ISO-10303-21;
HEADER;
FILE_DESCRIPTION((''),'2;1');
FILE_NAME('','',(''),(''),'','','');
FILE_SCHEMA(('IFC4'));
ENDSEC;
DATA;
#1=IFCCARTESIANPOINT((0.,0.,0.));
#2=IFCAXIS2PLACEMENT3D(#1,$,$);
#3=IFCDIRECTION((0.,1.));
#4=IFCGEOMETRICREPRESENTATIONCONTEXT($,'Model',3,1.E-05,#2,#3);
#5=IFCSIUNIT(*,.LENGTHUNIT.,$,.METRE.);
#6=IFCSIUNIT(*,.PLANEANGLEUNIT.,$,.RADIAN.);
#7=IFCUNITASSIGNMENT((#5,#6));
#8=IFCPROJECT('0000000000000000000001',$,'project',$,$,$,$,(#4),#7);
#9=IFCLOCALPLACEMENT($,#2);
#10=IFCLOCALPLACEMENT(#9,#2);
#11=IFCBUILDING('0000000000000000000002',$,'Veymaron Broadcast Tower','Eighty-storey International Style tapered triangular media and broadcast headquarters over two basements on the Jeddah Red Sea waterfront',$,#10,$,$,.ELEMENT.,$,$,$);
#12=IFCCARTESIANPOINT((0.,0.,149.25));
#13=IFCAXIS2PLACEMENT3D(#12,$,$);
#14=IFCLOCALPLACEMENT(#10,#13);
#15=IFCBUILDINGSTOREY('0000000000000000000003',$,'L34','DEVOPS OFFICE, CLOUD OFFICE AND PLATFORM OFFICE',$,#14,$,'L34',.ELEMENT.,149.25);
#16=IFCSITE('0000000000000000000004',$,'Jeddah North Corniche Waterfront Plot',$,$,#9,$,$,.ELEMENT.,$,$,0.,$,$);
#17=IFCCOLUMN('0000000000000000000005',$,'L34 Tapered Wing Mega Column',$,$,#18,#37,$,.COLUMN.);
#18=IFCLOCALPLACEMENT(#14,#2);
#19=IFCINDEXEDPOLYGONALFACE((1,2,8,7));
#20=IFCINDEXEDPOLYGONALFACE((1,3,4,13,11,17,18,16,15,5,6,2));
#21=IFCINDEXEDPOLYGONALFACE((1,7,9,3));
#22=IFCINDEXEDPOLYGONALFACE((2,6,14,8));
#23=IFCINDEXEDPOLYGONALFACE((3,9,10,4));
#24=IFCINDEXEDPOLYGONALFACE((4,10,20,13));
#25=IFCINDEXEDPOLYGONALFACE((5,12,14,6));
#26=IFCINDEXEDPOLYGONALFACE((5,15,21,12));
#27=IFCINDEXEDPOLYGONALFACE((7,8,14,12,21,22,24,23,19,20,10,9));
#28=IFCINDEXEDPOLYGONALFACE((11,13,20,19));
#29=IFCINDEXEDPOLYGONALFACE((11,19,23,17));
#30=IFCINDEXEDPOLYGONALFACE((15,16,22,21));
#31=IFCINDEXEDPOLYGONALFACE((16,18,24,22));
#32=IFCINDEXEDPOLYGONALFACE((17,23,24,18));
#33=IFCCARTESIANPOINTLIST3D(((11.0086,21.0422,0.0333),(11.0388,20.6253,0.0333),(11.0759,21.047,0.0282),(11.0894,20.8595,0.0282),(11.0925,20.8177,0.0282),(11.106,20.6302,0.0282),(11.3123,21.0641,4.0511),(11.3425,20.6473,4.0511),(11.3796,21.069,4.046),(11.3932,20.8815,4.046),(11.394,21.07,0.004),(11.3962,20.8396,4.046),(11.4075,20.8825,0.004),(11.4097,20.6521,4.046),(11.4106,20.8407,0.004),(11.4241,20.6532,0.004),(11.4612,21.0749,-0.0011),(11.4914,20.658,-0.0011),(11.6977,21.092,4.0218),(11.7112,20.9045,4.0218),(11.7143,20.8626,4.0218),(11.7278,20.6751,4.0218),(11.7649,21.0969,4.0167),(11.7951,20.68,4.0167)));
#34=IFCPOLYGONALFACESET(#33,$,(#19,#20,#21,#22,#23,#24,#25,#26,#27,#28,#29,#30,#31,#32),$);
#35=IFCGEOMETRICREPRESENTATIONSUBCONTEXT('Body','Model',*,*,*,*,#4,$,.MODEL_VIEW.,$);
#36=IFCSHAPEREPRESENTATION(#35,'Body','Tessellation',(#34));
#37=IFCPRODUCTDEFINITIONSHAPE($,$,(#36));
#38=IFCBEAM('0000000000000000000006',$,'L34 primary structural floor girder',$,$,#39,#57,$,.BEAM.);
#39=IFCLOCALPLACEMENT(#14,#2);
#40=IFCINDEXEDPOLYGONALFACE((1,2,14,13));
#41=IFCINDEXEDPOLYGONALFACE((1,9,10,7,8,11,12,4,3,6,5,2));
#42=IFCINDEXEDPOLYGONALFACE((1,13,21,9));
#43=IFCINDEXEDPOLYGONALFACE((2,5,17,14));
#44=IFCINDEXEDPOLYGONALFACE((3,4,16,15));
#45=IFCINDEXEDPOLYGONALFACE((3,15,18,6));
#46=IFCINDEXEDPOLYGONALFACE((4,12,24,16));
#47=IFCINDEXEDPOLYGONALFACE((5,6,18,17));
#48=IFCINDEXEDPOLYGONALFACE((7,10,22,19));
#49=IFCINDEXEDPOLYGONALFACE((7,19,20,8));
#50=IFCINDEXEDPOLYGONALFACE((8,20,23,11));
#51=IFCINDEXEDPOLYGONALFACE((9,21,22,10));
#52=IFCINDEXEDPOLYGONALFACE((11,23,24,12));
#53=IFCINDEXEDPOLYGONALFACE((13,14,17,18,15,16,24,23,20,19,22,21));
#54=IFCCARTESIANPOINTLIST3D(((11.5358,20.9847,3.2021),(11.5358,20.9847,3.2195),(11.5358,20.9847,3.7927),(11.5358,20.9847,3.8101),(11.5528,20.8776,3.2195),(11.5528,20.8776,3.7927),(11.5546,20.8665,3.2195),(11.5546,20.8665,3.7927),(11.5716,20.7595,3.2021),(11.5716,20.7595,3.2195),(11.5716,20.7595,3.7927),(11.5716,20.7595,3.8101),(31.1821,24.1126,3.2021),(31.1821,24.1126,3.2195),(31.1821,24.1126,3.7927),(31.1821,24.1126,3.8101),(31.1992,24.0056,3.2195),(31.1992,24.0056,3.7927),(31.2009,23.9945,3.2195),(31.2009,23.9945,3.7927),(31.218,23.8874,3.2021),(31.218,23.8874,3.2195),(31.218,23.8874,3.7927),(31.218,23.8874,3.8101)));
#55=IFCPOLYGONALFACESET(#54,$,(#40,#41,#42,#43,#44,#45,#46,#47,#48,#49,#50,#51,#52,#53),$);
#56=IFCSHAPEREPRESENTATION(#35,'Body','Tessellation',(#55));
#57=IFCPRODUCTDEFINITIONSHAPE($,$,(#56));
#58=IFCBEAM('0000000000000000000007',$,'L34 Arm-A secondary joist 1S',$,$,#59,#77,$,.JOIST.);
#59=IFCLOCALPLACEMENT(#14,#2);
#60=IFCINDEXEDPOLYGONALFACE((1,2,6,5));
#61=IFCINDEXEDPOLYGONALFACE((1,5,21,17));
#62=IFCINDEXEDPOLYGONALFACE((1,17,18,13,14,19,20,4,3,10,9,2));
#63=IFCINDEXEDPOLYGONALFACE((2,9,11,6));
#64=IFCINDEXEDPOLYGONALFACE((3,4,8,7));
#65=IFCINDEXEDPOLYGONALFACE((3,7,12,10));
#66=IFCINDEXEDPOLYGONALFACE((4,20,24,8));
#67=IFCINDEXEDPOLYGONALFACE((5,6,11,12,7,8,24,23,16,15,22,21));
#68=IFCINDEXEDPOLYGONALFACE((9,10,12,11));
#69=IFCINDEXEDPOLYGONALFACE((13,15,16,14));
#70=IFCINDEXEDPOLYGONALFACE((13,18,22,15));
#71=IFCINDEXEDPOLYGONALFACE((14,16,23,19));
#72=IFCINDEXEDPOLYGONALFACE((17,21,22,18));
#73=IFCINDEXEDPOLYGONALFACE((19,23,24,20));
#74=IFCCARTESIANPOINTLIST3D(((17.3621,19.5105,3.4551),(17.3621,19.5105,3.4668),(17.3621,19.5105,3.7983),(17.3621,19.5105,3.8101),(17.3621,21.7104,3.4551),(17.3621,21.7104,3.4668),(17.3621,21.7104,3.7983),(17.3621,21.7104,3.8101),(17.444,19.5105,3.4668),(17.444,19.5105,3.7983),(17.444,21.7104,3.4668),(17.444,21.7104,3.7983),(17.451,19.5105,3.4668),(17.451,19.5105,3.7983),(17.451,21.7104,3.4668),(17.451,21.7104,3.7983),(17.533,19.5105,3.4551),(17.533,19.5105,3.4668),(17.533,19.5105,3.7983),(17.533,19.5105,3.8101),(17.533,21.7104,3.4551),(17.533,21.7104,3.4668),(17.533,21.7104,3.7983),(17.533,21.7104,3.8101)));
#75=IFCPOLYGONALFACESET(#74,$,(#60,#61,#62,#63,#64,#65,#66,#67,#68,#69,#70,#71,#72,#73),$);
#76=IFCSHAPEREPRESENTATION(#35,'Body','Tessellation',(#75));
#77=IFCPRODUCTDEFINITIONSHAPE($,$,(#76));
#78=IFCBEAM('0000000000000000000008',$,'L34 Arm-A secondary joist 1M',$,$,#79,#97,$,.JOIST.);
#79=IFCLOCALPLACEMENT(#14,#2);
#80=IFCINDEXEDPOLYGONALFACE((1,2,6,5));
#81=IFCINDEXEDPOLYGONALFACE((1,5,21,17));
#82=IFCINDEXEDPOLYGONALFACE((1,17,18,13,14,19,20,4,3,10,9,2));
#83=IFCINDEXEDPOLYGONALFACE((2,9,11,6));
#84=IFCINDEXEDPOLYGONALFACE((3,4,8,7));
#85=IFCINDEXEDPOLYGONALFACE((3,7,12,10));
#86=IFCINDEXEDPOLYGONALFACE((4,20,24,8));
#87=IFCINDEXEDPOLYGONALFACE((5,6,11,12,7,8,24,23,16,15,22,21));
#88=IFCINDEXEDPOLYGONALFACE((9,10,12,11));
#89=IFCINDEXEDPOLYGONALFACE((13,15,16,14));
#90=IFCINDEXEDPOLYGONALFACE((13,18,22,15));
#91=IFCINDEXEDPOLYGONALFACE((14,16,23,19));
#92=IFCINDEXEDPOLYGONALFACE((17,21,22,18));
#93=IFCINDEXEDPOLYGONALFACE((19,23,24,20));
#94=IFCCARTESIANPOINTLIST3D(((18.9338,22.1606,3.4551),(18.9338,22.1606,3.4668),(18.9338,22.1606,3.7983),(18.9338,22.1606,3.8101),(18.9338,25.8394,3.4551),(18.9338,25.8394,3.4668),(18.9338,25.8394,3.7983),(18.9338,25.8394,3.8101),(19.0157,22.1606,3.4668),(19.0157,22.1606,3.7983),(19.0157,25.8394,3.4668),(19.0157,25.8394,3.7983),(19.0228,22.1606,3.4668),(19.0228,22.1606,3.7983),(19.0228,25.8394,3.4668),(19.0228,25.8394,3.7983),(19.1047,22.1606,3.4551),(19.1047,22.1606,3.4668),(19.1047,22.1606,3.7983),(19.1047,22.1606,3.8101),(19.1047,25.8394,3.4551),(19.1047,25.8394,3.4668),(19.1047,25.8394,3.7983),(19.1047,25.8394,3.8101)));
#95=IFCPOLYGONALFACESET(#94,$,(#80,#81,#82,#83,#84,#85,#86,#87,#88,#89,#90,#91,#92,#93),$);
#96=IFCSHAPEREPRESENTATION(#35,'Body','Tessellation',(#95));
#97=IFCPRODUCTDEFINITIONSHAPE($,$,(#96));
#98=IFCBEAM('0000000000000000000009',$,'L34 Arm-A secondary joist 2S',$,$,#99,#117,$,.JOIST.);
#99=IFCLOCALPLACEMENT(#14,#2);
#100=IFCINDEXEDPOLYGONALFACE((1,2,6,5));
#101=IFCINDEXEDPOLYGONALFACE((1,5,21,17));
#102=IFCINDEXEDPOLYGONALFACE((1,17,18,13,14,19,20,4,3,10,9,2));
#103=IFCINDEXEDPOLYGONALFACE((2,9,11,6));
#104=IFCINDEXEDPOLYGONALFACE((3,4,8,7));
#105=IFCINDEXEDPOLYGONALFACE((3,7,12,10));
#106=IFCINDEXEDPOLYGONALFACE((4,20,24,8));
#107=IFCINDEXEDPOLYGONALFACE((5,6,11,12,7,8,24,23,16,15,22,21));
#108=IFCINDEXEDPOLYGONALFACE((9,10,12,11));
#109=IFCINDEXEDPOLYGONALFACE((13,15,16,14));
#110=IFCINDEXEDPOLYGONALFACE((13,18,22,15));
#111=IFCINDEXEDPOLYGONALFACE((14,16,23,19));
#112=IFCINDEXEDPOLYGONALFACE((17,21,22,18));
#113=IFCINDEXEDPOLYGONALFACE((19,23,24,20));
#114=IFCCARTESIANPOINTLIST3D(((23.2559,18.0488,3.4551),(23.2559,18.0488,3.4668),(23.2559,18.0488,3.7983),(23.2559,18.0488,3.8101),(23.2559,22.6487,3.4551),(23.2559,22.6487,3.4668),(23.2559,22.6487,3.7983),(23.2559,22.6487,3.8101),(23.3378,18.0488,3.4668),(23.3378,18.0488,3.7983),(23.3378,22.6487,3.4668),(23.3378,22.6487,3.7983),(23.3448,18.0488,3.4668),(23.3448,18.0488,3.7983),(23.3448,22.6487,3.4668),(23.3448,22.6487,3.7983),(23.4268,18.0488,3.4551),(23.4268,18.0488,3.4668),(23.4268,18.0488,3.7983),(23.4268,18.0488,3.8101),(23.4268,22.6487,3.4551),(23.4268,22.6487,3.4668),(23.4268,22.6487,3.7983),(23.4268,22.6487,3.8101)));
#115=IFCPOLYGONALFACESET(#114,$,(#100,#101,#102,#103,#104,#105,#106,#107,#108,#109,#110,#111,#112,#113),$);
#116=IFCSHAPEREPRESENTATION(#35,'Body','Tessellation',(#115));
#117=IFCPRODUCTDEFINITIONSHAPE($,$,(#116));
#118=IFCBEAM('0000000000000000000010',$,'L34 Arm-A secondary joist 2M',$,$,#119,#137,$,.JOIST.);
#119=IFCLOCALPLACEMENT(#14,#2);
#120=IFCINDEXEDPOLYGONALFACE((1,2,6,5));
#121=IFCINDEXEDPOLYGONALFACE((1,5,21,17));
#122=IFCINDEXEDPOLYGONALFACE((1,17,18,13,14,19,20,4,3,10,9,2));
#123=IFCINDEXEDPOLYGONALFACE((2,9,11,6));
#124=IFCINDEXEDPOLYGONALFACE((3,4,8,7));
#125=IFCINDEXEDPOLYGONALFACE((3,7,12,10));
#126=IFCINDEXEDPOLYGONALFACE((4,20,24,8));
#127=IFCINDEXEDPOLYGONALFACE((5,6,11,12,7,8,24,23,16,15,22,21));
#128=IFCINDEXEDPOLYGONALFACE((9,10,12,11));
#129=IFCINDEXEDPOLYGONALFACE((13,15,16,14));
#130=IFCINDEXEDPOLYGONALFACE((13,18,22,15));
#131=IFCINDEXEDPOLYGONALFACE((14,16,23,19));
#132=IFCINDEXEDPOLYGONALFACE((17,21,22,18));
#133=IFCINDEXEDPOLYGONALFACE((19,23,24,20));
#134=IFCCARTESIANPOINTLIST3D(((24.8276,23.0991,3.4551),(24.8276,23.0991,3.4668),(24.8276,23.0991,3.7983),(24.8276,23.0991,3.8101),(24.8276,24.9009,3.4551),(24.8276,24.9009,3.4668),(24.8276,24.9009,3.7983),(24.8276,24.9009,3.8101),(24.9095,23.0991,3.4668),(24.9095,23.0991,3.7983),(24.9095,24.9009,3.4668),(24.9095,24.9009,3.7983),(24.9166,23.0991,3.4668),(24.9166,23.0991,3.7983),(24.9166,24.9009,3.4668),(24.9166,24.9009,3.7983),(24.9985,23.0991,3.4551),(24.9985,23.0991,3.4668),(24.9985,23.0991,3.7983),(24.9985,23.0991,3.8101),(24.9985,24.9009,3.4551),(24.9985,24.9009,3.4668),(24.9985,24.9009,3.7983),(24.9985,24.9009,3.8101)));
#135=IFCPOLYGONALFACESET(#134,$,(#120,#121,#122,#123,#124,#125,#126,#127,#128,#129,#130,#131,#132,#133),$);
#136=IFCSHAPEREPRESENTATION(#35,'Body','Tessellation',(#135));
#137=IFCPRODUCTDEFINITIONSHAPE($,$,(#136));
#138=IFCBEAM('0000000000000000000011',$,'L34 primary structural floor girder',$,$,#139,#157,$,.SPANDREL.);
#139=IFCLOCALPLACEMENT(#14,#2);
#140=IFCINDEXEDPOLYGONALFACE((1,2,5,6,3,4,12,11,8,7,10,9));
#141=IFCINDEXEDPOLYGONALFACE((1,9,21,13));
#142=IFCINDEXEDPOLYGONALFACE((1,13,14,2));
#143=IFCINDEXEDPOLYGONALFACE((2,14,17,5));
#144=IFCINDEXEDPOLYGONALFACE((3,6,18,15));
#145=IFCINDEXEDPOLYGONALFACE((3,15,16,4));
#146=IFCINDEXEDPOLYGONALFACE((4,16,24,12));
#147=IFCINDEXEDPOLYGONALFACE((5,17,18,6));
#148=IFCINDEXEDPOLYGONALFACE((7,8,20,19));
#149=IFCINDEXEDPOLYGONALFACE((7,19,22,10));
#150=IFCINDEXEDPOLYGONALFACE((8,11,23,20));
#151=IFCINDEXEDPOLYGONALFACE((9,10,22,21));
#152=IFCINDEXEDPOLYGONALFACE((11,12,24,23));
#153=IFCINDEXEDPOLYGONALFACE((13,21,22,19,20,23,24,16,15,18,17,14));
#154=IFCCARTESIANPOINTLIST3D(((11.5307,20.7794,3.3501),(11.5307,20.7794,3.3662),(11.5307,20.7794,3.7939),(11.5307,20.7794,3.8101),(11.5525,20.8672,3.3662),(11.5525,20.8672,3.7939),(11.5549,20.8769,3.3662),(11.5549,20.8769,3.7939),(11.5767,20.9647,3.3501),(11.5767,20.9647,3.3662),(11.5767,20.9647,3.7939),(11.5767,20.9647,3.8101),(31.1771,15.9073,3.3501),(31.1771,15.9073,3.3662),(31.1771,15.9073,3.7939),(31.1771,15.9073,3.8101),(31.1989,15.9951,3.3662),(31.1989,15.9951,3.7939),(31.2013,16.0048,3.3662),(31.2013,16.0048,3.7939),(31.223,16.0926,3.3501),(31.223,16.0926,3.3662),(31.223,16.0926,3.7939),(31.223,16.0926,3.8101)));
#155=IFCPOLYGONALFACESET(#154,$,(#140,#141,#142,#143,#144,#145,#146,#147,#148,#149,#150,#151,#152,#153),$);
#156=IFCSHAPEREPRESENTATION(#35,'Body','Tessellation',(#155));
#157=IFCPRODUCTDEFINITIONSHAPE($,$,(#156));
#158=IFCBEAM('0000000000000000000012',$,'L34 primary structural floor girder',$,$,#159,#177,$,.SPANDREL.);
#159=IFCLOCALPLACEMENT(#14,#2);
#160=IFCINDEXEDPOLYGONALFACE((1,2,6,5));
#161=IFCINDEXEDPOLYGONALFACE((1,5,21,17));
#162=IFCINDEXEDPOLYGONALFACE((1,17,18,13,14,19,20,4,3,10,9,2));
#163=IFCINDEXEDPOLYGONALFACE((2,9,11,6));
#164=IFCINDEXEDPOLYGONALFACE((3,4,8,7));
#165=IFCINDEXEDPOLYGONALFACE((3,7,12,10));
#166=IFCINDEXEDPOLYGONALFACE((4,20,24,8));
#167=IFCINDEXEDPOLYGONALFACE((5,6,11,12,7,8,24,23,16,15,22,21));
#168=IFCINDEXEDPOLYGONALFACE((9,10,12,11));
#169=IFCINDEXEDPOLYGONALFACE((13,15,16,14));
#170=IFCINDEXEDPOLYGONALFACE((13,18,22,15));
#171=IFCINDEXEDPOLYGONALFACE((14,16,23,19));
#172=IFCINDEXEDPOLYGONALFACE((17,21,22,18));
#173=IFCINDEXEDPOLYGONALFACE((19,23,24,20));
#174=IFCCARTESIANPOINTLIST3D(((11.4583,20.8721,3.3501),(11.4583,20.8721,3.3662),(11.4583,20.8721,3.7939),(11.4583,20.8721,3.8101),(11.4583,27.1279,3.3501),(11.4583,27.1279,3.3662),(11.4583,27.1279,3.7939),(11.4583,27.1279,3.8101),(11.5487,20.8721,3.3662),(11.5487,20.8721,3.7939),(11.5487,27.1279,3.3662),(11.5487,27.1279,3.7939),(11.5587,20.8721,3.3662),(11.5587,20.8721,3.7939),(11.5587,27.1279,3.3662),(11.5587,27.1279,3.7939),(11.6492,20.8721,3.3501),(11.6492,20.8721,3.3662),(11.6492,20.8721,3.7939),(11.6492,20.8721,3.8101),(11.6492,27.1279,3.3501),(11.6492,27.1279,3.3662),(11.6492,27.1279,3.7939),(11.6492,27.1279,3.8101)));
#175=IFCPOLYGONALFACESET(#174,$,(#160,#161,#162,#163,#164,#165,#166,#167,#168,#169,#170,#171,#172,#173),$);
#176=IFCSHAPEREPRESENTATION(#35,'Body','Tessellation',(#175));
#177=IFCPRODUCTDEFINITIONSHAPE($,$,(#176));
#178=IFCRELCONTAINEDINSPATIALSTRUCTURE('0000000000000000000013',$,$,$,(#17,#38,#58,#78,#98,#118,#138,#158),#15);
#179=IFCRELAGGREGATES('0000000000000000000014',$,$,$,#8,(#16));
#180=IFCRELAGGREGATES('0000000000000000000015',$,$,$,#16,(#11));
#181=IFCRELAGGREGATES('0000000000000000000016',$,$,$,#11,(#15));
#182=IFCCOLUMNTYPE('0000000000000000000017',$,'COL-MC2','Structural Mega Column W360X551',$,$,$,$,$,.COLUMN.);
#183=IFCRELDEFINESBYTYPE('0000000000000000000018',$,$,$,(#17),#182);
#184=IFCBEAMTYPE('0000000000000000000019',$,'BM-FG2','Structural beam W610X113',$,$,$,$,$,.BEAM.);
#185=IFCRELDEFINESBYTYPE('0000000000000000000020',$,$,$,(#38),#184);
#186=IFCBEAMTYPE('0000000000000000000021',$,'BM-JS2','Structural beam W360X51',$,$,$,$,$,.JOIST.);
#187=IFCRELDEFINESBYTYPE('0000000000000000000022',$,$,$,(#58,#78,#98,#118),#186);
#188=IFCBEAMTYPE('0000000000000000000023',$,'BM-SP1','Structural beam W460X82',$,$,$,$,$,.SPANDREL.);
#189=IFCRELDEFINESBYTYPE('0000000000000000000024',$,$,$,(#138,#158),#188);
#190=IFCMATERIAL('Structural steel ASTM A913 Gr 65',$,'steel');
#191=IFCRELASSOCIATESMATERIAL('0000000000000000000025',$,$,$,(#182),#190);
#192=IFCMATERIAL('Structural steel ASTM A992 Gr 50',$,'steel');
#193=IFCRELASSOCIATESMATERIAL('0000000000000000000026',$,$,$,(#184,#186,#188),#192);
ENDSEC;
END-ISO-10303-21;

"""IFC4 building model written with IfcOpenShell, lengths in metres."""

from ifc_helpers import new_model, si_unit, direction, frame, origin, origin_2d, place, context, subcontext, project, spatial, i_section, extrude, material, material_profile, profile_set, type_object, element, save


model = new_model("IFC4")

# Units and contexts
model_context = context("Model", 3, precision=1e-05, world=origin(), true_north=direction((0.0, 1.0)))
body_context = subcontext(model_context, "Body", "Model", "MODEL_VIEW")
ifc_project = project(units=[si_unit("LENGTHUNIT", "METRE"), si_unit("PLANEANGLEUNIT", "RADIAN")], contexts=[model_context])

# Site, building, storey
site_placement = place(None, origin())
site = spatial("IfcSite", under=ifc_project, at=site_placement, Name="Jeddah North Corniche Waterfront Plot", CompositionType="ELEMENT", RefElevation=0.0)
building_placement = place(site_placement, origin())
building = spatial("IfcBuilding", under=site, at=building_placement, Name="Veymaron Broadcast Tower", Description="Eighty-storey International Style tapered triangular media and broadcast headquarters over two basements on the Jeddah Red Sea waterfront", CompositionType="ELEMENT")
storey_placement = place(building_placement, frame((0.0, 0.0, 149.25)))
storey = spatial("IfcBuildingStorey", under=building, at=storey_placement, Name="L34", Description="DEVOPS OFFICE, CLOUD OFFICE AND PLATFORM OFFICE", LongName="L34", CompositionType="ELEMENT", Elevation=149.25)

# Column
ifc_material_1 = material(Name="Structural steel ASTM A913 Gr 65", Category="steel")
ifc_material_profile_1 = material_profile(ifc_material_1, i_section(OverallWidth=0.418, OverallDepth=0.4551, WebThickness=0.042, FlangeThickness=0.0676, at=origin_2d()), Name="W360X551")
ifc_profile_set_1 = profile_set([ifc_material_profile_1], Name="Structural steel ASTM A913 Gr 65")
column_type = type_object("IfcColumnType", Name="COL-MC2", Description="Structural Mega Column W360X551", PredefinedType="COLUMN", material=ifc_profile_set_1)
column_placement = place(storey_placement, frame((11.25, 20.8501, 0.0161), z_axis=(0.075375, 0.005453, 0.99714), x_axis=(-0.072159, 0.997393, 0.0)))
element("IfcColumn", 1, at=column_placement, inside=storey, type_object=column_type, Name="L34 Tapered Wing Mega Column", PredefinedType="COLUMN", context=body_context, shape_type="SweptSolid", body=[
    extrude(i_section(OverallWidth=0.418, OverallDepth=0.4551, WebThickness=0.042, FlangeThickness=0.0676, at=origin_2d()), origin(), (0.0, 0.0, 1.0), 4.0293),
])

# Beams
ifc_material_2 = material(Name="Structural steel ASTM A992 Gr 50", Category="steel")
ifc_material_profile_2 = material_profile(ifc_material_2, i_section(OverallWidth=0.228, OverallDepth=0.6079, WebThickness=0.0112, FlangeThickness=0.0173, at=origin_2d()), Name="W610X113")
ifc_profile_set_2 = profile_set([ifc_material_profile_2], Name="Structural steel ASTM A992 Gr 50")
beam_type_1 = type_object("IfcBeamType", Name="BM-FG2", Description="Structural beam W610X113", PredefinedType="BEAM", material=ifc_profile_set_2)
beam_1_placement = place(storey_placement, frame((11.5537, 20.8721, 3.5061), z_axis=(0.987562, 0.157232, 0.0), x_axis=(-0.157232, 0.987562, 0.0)))
element("IfcBeam", 2, at=beam_1_placement, inside=storey, type_object=beam_type_1, Name="L34 primary structural floor girder", PredefinedType="BEAM", context=body_context, shape_type="SweptSolid", body=[
    extrude(i_section(OverallWidth=0.228, OverallDepth=0.6079, WebThickness=0.0112, FlangeThickness=0.0173, at=origin_2d()), origin(), (0.0, 0.0, 1.0), 19.8938),
])
ifc_material_profile_3 = material_profile(ifc_material_2, i_section(OverallWidth=0.1709, OverallDepth=0.355, WebThickness=0.0071, FlangeThickness=0.0117, at=origin_2d()), Name="W360X51")
ifc_profile_set_3 = profile_set([ifc_material_profile_3], Name="Structural steel ASTM A992 Gr 50")
beam_type_2 = type_object("IfcBeamType", Name="BM-JS2", Description="Structural beam W360X51", PredefinedType="JOIST", material=ifc_profile_set_3)
beam_2_placement = place(storey_placement, frame((17.4475, 19.5105, 3.6326), z_axis=(0.0, 1.0, 0.0), x_axis=(-1.0, 0.0, 0.0)))
element("IfcBeam", 3, at=beam_2_placement, inside=storey, type_object=beam_type_2, Name="L34 Arm-A secondary joist 1S", PredefinedType="JOIST", context=body_context, shape_type="SweptSolid", body=[
    extrude(i_section(OverallWidth=0.1709, OverallDepth=0.355, WebThickness=0.0071, FlangeThickness=0.0117, at=origin_2d()), origin(), (0.0, 0.0, 1.0), 2.2),
])
beam_3_placement = place(storey_placement, frame((19.0193, 22.1606, 3.6326), z_axis=(0.0, 1.0, 0.0), x_axis=(-1.0, 0.0, 0.0)))
element("IfcBeam", 4, at=beam_3_placement, inside=storey, type_object=beam_type_2, Name="L34 Arm-A secondary joist 1M", PredefinedType="JOIST", context=body_context, shape_type="SweptSolid", body=[
    extrude(i_section(OverallWidth=0.1709, OverallDepth=0.355, WebThickness=0.0071, FlangeThickness=0.0117, at=origin_2d()), origin(), (0.0, 0.0, 1.0), 3.6787),
])
beam_4_placement = place(storey_placement, frame((23.3413, 18.0488, 3.6326), z_axis=(0.0, 1.0, 0.0), x_axis=(-1.0, 0.0, 0.0)))
element("IfcBeam", 5, at=beam_4_placement, inside=storey, type_object=beam_type_2, Name="L34 Arm-A secondary joist 2S", PredefinedType="JOIST", context=body_context, shape_type="SweptSolid", body=[
    extrude(i_section(OverallWidth=0.1709, OverallDepth=0.355, WebThickness=0.0071, FlangeThickness=0.0117, at=origin_2d()), origin(), (0.0, 0.0, 1.0), 4.5999),
])
beam_5_placement = place(storey_placement, frame((24.9131, 23.0991, 3.6326), z_axis=(0.0, 1.0, 0.0), x_axis=(-1.0, 0.0, 0.0)))
element("IfcBeam", 6, at=beam_5_placement, inside=storey, type_object=beam_type_2, Name="L34 Arm-A secondary joist 2M", PredefinedType="JOIST", context=body_context, shape_type="SweptSolid", body=[
    extrude(i_section(OverallWidth=0.1709, OverallDepth=0.355, WebThickness=0.0071, FlangeThickness=0.0117, at=origin_2d()), origin(), (0.0, 0.0, 1.0), 1.8018),
])
ifc_material_profile_4 = material_profile(ifc_material_2, i_section(OverallWidth=0.1909, OverallDepth=0.46, WebThickness=0.01, FlangeThickness=0.0161, at=origin_2d()), Name="W460X82")
ifc_profile_set_4 = profile_set([ifc_material_profile_4], Name="Structural steel ASTM A992 Gr 50")
beam_type_3 = type_object("IfcBeamType", Name="BM-SP1", Description="Structural beam W460X82", PredefinedType="SPANDREL", material=ifc_profile_set_4)
beam_6_placement = place(storey_placement, frame((11.5537, 20.8721, 3.5801), z_axis=(0.9706, -0.240699, 0.0), x_axis=(0.240699, 0.9706, 0.0)))
element("IfcBeam", 7, at=beam_6_placement, inside=storey, type_object=beam_type_3, Name="L34 primary structural floor girder", PredefinedType="SPANDREL", context=body_context, shape_type="SweptSolid", body=[
    extrude(i_section(OverallWidth=0.1909, OverallDepth=0.46, WebThickness=0.01, FlangeThickness=0.0161, at=origin_2d()), origin(), (0.0, 0.0, 1.0), 20.2415),
])
beam_7_placement = place(storey_placement, frame((11.5537, 20.8721, 3.5801), z_axis=(0.0, 1.0, 0.0), x_axis=(-1.0, 0.0, 0.0)))
element("IfcBeam", 8, at=beam_7_placement, inside=storey, type_object=beam_type_3, Name="L34 primary structural floor girder", PredefinedType="SPANDREL", context=body_context, shape_type="SweptSolid", body=[
    extrude(i_section(OverallWidth=0.1909, OverallDepth=0.46, WebThickness=0.01, FlangeThickness=0.0161, at=origin_2d()), origin(), (0.0, 0.0, 1.0), 6.2559),
])

save(model, "model.ifc")
